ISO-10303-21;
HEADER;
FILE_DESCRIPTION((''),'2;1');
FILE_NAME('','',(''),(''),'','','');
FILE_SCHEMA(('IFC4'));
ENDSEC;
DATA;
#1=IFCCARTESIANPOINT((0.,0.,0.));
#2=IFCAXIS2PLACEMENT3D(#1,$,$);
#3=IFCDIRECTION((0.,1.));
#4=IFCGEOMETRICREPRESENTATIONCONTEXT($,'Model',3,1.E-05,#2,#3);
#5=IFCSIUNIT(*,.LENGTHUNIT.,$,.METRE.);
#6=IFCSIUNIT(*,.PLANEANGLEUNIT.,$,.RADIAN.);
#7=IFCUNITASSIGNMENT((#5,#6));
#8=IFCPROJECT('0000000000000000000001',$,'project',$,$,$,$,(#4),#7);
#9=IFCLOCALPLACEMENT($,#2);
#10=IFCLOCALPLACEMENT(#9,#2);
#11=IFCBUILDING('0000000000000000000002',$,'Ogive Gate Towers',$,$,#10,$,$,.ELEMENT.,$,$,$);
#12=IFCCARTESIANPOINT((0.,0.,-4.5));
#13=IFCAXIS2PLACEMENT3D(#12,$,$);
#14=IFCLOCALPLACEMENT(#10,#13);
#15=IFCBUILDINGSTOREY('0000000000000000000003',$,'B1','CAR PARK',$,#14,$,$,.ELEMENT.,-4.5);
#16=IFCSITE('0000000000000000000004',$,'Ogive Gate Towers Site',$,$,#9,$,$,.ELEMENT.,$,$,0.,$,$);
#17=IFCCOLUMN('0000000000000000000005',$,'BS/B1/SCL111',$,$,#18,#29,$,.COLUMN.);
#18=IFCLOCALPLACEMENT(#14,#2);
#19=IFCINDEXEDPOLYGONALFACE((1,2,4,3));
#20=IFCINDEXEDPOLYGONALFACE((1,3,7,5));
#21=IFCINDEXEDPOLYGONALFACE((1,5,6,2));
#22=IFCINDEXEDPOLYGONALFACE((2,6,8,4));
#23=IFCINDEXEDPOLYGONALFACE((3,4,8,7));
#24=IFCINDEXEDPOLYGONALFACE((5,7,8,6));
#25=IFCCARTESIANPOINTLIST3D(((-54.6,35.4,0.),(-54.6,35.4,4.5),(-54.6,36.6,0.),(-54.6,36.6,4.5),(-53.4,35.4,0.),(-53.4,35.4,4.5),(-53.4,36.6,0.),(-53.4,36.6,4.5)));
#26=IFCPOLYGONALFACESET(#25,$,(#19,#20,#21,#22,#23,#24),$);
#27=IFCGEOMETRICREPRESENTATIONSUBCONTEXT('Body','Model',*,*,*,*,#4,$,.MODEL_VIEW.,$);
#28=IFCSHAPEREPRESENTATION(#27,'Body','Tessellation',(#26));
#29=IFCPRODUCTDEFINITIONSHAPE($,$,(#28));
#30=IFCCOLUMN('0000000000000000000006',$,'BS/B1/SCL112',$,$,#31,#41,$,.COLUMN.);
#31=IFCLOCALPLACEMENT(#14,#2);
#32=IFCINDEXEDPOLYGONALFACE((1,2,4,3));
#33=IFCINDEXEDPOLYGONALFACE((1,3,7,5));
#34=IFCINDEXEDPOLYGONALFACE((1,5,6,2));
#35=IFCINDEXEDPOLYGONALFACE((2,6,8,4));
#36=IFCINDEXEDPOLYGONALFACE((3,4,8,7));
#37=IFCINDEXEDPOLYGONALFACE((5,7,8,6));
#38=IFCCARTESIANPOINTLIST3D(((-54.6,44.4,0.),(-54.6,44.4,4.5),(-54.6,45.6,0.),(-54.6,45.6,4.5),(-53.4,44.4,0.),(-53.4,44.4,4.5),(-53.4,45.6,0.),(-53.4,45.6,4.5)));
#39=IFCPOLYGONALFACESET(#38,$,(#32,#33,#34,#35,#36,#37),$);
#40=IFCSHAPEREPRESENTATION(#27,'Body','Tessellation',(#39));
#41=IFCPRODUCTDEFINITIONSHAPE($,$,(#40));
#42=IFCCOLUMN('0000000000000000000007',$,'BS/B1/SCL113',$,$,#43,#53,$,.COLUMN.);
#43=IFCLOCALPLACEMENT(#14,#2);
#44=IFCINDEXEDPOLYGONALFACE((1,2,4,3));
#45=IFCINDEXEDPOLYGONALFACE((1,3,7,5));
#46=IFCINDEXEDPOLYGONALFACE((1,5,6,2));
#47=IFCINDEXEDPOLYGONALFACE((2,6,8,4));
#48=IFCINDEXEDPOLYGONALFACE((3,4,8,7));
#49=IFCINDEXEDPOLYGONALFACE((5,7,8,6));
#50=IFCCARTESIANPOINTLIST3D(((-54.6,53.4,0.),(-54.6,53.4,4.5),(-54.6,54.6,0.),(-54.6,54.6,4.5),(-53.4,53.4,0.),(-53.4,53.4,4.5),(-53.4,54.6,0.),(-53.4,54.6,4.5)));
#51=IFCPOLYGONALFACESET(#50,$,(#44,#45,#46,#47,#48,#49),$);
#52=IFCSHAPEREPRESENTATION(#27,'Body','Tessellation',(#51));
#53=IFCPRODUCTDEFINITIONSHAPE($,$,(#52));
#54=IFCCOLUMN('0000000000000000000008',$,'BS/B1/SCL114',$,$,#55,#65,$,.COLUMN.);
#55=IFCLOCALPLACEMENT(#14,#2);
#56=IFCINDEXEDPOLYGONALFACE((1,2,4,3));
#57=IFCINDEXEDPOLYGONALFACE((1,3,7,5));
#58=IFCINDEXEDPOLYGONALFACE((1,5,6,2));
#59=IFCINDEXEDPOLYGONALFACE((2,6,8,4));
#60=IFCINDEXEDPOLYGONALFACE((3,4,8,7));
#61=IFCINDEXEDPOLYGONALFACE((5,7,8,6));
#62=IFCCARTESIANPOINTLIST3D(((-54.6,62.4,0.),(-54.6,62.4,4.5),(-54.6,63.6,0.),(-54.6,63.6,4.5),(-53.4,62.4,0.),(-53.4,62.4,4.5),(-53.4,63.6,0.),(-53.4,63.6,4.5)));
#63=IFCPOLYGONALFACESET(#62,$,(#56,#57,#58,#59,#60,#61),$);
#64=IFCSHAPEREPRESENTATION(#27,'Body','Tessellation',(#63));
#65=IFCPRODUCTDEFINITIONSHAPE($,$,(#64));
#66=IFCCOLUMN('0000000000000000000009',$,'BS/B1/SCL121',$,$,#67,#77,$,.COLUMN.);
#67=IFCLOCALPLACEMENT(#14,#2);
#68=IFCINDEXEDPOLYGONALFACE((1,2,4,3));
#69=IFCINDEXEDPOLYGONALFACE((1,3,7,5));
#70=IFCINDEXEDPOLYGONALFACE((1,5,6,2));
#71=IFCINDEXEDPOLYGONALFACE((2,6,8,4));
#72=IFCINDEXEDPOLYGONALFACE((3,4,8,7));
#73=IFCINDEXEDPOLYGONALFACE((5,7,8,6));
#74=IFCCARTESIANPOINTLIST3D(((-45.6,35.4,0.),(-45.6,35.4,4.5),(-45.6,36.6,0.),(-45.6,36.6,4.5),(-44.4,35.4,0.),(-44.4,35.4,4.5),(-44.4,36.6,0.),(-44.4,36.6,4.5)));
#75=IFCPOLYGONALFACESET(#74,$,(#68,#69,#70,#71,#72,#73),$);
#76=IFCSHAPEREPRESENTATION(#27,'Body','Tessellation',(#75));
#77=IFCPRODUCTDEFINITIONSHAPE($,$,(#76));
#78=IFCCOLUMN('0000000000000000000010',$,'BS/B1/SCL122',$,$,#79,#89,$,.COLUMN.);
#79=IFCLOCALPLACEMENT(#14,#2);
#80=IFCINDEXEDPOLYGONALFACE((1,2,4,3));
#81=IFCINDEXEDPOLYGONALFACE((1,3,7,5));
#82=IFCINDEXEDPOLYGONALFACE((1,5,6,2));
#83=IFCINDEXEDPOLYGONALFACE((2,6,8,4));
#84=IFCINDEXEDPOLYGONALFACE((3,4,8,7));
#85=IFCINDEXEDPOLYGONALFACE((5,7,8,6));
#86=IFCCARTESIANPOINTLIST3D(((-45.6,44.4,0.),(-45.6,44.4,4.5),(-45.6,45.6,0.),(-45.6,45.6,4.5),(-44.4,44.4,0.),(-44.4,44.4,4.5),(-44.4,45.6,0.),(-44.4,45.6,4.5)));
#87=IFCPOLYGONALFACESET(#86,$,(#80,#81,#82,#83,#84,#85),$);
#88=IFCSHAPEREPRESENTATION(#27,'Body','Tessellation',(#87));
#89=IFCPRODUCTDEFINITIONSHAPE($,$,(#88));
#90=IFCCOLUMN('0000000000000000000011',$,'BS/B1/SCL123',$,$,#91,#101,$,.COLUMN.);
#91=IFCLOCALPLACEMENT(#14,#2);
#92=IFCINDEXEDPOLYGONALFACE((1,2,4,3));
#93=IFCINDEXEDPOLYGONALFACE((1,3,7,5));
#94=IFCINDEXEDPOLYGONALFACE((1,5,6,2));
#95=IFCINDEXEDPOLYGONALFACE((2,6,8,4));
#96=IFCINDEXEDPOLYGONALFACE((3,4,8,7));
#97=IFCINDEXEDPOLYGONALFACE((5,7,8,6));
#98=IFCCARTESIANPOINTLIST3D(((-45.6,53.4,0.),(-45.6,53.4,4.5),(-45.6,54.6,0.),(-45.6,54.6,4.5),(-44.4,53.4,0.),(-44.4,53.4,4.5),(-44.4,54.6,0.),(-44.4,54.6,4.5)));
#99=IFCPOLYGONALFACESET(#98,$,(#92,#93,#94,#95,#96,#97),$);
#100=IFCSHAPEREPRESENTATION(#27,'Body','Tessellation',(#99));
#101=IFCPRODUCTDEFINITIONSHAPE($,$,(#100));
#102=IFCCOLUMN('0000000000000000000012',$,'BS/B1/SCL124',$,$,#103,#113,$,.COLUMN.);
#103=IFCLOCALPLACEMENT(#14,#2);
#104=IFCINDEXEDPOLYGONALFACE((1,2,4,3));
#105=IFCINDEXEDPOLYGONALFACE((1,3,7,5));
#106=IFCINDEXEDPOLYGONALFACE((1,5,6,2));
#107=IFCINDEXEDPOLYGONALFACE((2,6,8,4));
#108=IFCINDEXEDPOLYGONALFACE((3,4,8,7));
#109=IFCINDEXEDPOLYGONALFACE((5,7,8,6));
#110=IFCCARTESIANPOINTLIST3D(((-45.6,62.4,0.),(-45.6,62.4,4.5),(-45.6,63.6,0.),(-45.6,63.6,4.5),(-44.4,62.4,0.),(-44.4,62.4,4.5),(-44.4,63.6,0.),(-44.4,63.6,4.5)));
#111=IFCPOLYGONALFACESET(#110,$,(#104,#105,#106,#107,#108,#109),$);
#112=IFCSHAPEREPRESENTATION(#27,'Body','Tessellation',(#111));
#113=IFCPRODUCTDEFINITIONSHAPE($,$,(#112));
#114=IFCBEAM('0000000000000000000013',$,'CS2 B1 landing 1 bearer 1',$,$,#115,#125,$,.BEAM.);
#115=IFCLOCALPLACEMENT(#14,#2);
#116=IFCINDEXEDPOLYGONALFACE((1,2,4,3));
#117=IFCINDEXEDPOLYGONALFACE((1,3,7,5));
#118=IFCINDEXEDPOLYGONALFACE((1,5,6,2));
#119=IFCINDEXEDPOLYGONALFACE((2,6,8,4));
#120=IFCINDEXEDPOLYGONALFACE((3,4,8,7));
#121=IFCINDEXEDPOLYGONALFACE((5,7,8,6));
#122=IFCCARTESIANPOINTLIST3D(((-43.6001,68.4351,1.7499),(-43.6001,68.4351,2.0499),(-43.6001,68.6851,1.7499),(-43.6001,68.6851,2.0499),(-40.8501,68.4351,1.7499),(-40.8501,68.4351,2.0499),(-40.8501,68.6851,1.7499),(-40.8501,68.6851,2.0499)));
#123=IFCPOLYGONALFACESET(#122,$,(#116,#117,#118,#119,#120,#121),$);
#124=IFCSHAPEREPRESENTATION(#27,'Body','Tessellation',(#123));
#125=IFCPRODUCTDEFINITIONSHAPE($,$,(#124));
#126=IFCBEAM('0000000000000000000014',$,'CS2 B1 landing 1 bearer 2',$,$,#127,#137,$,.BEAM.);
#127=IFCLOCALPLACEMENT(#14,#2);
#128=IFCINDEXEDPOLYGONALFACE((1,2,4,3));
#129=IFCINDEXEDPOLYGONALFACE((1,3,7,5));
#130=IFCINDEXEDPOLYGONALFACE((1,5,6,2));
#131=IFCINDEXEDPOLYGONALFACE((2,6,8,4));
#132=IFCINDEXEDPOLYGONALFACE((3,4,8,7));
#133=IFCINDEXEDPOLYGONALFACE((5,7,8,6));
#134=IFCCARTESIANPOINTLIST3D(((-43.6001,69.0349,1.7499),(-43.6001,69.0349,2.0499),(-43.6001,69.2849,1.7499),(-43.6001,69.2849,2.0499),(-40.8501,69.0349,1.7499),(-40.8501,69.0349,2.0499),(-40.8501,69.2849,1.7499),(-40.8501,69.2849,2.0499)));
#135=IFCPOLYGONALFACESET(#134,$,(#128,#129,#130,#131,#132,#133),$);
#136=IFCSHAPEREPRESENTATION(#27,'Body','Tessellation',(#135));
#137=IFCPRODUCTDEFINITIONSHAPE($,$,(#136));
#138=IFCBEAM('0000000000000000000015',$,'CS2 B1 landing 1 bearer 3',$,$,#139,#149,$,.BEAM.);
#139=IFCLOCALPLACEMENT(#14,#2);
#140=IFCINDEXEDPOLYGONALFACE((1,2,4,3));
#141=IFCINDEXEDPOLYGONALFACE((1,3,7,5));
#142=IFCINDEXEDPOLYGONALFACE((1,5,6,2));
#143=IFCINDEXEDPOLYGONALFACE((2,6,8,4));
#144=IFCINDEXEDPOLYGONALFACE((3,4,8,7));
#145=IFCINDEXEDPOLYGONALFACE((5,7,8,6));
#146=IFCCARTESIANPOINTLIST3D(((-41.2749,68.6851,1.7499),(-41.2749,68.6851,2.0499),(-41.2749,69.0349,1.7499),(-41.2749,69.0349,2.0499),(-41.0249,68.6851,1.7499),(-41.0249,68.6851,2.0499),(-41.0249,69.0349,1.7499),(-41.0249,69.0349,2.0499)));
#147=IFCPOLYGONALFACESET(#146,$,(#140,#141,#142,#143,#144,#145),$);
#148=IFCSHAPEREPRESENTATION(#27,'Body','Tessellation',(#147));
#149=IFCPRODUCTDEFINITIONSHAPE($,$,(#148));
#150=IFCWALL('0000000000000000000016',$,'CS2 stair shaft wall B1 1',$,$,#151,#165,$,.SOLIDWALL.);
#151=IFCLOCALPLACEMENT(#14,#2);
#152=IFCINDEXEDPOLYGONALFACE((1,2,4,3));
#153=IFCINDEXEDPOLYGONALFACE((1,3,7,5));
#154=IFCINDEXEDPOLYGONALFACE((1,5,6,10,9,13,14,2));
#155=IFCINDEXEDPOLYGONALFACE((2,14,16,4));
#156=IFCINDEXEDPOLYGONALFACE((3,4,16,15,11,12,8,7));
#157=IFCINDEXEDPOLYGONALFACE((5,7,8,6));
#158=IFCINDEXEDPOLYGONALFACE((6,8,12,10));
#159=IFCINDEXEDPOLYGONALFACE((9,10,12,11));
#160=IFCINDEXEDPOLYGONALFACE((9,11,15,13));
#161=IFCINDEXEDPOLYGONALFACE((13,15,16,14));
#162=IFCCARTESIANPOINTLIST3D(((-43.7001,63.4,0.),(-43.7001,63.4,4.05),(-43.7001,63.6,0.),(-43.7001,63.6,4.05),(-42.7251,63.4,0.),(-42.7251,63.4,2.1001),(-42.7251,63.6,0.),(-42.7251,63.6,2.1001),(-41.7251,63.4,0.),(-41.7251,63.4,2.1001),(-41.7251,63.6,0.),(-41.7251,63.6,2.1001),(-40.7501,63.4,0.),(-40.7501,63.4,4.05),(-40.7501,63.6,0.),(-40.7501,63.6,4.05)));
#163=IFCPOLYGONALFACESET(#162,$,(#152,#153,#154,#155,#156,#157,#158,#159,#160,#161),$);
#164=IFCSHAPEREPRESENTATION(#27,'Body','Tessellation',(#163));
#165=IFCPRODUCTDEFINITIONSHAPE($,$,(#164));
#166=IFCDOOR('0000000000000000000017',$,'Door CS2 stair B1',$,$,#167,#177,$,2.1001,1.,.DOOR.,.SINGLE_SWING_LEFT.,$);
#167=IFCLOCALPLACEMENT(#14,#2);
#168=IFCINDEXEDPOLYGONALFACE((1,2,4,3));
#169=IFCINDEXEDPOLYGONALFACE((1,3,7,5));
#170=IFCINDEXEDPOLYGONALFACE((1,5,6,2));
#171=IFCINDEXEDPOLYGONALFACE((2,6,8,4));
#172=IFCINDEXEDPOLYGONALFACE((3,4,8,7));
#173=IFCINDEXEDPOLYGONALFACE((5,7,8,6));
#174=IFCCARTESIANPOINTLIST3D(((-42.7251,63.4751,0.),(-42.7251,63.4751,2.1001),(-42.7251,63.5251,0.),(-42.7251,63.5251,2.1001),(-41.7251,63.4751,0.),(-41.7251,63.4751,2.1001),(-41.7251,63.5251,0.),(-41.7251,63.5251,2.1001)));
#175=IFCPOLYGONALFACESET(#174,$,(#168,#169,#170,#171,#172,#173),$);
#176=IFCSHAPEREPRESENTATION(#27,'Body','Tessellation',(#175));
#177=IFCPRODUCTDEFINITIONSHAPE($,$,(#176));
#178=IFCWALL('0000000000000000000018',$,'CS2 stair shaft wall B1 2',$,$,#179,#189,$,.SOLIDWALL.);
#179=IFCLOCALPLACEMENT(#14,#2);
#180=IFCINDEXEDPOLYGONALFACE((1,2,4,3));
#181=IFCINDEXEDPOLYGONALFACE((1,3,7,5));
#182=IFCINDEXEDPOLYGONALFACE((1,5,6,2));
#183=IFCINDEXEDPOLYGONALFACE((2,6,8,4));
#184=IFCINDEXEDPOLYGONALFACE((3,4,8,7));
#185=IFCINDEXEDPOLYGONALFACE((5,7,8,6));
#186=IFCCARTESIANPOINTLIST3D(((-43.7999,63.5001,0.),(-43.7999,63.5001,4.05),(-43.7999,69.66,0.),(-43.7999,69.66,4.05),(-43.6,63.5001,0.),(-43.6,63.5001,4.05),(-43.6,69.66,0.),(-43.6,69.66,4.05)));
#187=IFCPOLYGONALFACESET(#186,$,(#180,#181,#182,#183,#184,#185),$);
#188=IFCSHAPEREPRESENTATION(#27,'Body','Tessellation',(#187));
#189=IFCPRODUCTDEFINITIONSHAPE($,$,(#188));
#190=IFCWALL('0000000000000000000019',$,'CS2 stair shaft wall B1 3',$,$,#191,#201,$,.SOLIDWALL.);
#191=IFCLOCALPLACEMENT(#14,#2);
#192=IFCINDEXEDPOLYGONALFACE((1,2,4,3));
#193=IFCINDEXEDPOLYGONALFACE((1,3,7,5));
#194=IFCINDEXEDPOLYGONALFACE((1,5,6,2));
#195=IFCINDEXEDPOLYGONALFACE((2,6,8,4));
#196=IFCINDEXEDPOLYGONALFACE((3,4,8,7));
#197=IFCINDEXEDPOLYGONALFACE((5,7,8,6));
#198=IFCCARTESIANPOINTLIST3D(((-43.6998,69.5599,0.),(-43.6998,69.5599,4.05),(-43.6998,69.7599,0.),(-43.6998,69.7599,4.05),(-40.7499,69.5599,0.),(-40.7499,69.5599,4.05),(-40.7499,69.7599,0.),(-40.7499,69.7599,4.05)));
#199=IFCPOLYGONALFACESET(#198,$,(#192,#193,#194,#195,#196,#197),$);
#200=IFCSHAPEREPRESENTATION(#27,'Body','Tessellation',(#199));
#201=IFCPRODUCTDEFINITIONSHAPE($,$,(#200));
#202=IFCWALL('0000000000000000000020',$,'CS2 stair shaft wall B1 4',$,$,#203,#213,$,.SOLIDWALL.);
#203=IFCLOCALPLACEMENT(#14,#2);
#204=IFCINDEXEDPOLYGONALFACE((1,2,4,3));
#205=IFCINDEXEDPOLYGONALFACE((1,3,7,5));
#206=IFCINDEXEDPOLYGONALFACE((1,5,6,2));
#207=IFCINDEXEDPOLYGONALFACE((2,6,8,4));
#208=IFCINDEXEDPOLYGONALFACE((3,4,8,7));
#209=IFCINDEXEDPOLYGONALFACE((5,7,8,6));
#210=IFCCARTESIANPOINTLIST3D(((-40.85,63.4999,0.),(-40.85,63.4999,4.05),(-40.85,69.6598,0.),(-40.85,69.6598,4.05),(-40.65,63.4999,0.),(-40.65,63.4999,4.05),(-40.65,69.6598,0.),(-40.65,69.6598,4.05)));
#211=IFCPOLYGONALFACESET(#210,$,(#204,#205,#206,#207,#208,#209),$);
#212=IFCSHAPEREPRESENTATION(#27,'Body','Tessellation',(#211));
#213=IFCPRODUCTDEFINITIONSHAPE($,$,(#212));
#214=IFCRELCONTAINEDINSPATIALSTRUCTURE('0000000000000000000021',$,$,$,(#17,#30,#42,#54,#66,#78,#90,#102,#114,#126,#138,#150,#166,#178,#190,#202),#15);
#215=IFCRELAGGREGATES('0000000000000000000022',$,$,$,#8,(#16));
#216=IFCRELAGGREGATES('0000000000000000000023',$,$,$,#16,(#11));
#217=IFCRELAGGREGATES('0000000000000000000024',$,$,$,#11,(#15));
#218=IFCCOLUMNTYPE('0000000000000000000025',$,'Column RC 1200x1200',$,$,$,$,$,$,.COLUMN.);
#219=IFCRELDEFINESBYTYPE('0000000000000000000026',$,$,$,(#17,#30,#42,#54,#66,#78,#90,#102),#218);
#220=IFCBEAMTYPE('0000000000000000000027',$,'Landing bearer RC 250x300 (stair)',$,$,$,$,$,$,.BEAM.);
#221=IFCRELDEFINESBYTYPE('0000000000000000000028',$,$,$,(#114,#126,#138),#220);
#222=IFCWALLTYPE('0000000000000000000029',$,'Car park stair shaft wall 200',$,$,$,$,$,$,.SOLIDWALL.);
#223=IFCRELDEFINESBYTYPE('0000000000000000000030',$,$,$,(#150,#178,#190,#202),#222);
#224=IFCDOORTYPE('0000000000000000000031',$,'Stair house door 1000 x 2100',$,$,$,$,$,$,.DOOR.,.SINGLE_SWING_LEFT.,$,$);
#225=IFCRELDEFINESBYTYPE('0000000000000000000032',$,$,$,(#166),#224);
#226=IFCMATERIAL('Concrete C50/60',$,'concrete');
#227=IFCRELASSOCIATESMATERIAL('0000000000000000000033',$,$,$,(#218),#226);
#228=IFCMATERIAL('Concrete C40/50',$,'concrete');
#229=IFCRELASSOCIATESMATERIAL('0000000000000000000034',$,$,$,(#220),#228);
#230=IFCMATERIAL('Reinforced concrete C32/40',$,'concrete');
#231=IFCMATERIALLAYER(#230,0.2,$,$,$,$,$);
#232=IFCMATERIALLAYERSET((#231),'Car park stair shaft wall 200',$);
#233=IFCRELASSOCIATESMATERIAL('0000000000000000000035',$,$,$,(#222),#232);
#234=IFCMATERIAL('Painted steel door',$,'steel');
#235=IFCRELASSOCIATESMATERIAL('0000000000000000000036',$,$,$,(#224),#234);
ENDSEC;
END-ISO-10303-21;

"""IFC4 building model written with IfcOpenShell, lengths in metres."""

from ifc_helpers import new_model, si_unit, direction, frame, frame_2d, origin, origin_2d, place, context, subcontext, project, spatial, rectangle, extrude, material, layer, layer_set, material_profile, profile_set, type_object, element, fill, save


model = new_model("IFC4")

# Units and contexts
model_context = context("Model", 3, precision=1e-05, world=origin(), true_north=direction((0.0, 1.0)))
body_context = subcontext(model_context, "Body", "Model", "MODEL_VIEW")
ifc_project = project(units=[si_unit("LENGTHUNIT", "METRE"), si_unit("PLANEANGLEUNIT", "RADIAN")], contexts=[model_context])

# Site, building, storey
site_placement = place(None, origin())
site = spatial("IfcSite", under=ifc_project, at=site_placement, Name="Ogive Gate Towers Site", CompositionType="ELEMENT", RefElevation=0.0)
building_placement = place(site_placement, origin())
building = spatial("IfcBuilding", under=site, at=building_placement, Name="Ogive Gate Towers", CompositionType="ELEMENT")
storey_placement = place(building_placement, frame((0.0, 0.0, -4.5)))
storey = spatial("IfcBuildingStorey", under=building, at=storey_placement, Name="B1", Description="CAR PARK", CompositionType="ELEMENT", Elevation=-4.5)

# Columns
ifc_material_1 = material(Name="Concrete C50/60", Category="concrete")
ifc_material_profile_1 = material_profile(ifc_material_1, rectangle(XDim=1.2, YDim=1.2, at=origin_2d()), Name="RC 1200x1200")
ifc_profile_set_1 = profile_set([ifc_material_profile_1], Name="Concrete C50/60")
column_type = type_object("IfcColumnType", Name="Column RC 1200x1200", PredefinedType="COLUMN", material=ifc_profile_set_1)
for number, where, z_axis, x_axis, name in (
    (1, (-54.0, 36.0, 0.0), (0.0, 0.0, 1.0), (1.0, 0.0, 0.0), "BS/B1/SCL111"),
    (2, (-54.0, 45.0, 0.0), (0.0, 0.0, 1.0), (1.0, 0.0, 0.0), "BS/B1/SCL112"),
    (3, (-54.0, 54.0, 0.0), (0.0, 0.0, 1.0), (1.0, 0.0, 0.0), "BS/B1/SCL113"),
    (4, (-54.0, 63.0, 0.0), (0.0, 0.0, 1.0), (1.0, 0.0, 0.0), "BS/B1/SCL114"),
    (5, (-45.0, 36.0, 0.0), (0.0, 0.0, 1.0), (1.0, 0.0, 0.0), "BS/B1/SCL121"),
    (6, (-45.0, 45.0, 0.0), (0.0, 0.0, 1.0), (1.0, 0.0, 0.0), "BS/B1/SCL122"),
    (7, (-45.0, 54.0, 0.0), (0.0, 0.0, 1.0), (1.0, 0.0, 0.0), "BS/B1/SCL123"),
    (8, (-45.0, 63.0, 0.0), (0.0, 0.0, 1.0), (1.0, 0.0, 0.0), "BS/B1/SCL124"),
):
    element("IfcColumn", number, at=place(storey_placement, frame(where, z_axis=z_axis, x_axis=x_axis)), inside=storey, type_object=column_type, Name=name, PredefinedType="COLUMN", context=body_context, shape_type="SweptSolid", body=[
        extrude(rectangle(XDim=1.2, YDim=1.2, at=origin_2d()), origin(), (0.0, 0.0, 1.0), 4.5),
    ])

# Beams
ifc_material_2 = material(Name="Concrete C40/50", Category="concrete")
ifc_material_profile_2 = material_profile(ifc_material_2, rectangle(XDim=0.25, YDim=0.3, at=origin_2d()), Name="RC 250x300")
ifc_profile_set_2 = profile_set([ifc_material_profile_2], Name="Concrete C40/50")
beam_type = type_object("IfcBeamType", Name="Landing bearer RC 250x300 (stair)", PredefinedType="BEAM", material=ifc_profile_set_2)
for number, where, z_axis, x_axis, name in (
    (9, (-40.8501, 68.5601, 1.8999), (-1.0, 0.0, 0.0), (0.0, -1.0, 0.0), "CS2 B1 landing 1 bearer 1"),
    (10, (-40.8501, 69.1599, 1.8999), (-1.0, 0.0, 0.0), (0.0, -1.0, 0.0), "CS2 B1 landing 1 bearer 2"),
):
    element("IfcBeam", number, at=place(storey_placement, frame(where, z_axis=z_axis, x_axis=x_axis)), inside=storey, type_object=beam_type, Name=name, PredefinedType="BEAM", context=body_context, shape_type="SweptSolid", body=[
        extrude(rectangle(XDim=0.25, YDim=0.3, at=origin_2d()), origin(), (0.0, 0.0, 1.0), 2.75),
    ])
beam_placement = place(storey_placement, frame((-41.1499, 68.6851, 1.8999), z_axis=(0.0, 1.0, 0.0), x_axis=(-1.0, 0.0, 0.0)))
element("IfcBeam", 11, at=beam_placement, inside=storey, type_object=beam_type, Name="CS2 B1 landing 1 bearer 3", PredefinedType="BEAM", context=body_context, shape_type="SweptSolid", body=[
    extrude(rectangle(XDim=0.25, YDim=0.3, at=origin_2d()), origin(), (0.0, 0.0, 1.0), 0.3499),
])

# Wall, opening, door
ifc_material_3 = material(Name="Reinforced concrete C32/40", Category="concrete")
ifc_layer_1 = layer(ifc_material_3, 0.2)
ifc_layer_set_1 = layer_set([ifc_layer_1], Name="Car park stair shaft wall 200")
wall_type_1 = type_object("IfcWallType", Name="Car park stair shaft wall 200", PredefinedType="SOLIDWALL", material=ifc_layer_set_1)
wall_1_placement = place(storey_placement, frame((-40.75, 63.5, 0.0), z_axis=(0.0, 0.0, 1.0), x_axis=(-1.0, 0.0, 0.0)))
wall_1 = element("IfcWall", 12, at=wall_1_placement, inside=storey, type_object=wall_type_1, Name="CS2 stair shaft wall B1 1", PredefinedType="SOLIDWALL", context=body_context, shape_type="SweptSolid", body=[
    extrude(rectangle(XDim=2.95, YDim=0.2, at=frame_2d((1.4751, 0.0))), origin(), (0.0, 0.0, 1.0), 4.05),
])
opening_placement = place(wall_1_placement, frame((0.9751, 0.0, 0.0)))
opening = element("IfcOpeningElement", 13, at=opening_placement, cuts=wall_1, PredefinedType="OPENING", context=body_context, shape_type="SweptSolid", body=[
    extrude(rectangle(XDim=1.0, YDim=2.1001, at=frame_2d((0.5, 1.05))), frame((0.0, 0.1099, 0.0), z_axis=(0.0, -1.0, 0.0), x_axis=(1.0, 0.0, 0.0)), (0.0, 0.0, 1.0), 0.22),
])
ifc_material_4 = material(Name="Painted steel door", Category="steel")
door_type = type_object("IfcDoorType", Name="Stair house door 1000 x 2100", OperationType="SINGLE_SWING_LEFT", PredefinedType="DOOR", material=ifc_material_4)
door_placement = place(opening_placement, origin())
door = element("IfcDoor", 14, at=door_placement, inside=storey, type_object=door_type, Name="Door CS2 stair B1", OperationType="SINGLE_SWING_LEFT", OverallHeight=2.1001, OverallWidth=1.0, PredefinedType="DOOR", context=body_context, shape_type="SweptSolid", body=[
    extrude(rectangle(XDim=1.0, YDim=2.1001, at=frame_2d((0.5, 1.05))), frame((0.0, 0.0249, 0.0), z_axis=(0.0, -1.0, 0.0), x_axis=(1.0, 0.0, 0.0)), (0.0, 0.0, 1.0), 0.05),
])
fill(opening, door)

# Walls
wall_2_placement = place(storey_placement, frame((-43.7, 63.5, 0.0), z_axis=(0.0, 0.0, 1.0), x_axis=(0.0, 1.0, 0.0)))
element("IfcWall", 15, at=wall_2_placement, inside=storey, type_object=wall_type_1, Name="CS2 stair shaft wall B1 2", PredefinedType="SOLIDWALL", context=body_context, shape_type="SweptSolid", body=[
    extrude(rectangle(XDim=6.1599, YDim=0.2, at=frame_2d((3.0801, 0.0))), origin(), (0.0, 0.0, 1.0), 4.05),
])
wall_3_placement = place(storey_placement, frame((-43.7, 69.6599, 0.0), z_axis=(0.0, 0.0, 1.0), x_axis=(1.0, 0.0, 0.0)))
element("IfcWall", 16, at=wall_3_placement, inside=storey, type_object=wall_type_1, Name="CS2 stair shaft wall B1 3", PredefinedType="SOLIDWALL", context=body_context, shape_type="SweptSolid", body=[
    extrude(rectangle(XDim=2.95, YDim=0.2, at=frame_2d((1.4751, 0.0))), origin(), (0.0, 0.0, 1.0), 4.05),
])
wall_4_placement = place(storey_placement, frame((-40.75, 69.6599, 0.0), z_axis=(0.0, 0.0, 1.0), x_axis=(0.0, -1.0, 0.0)))
element("IfcWall", 17, at=wall_4_placement, inside=storey, type_object=wall_type_1, Name="CS2 stair shaft wall B1 4", PredefinedType="SOLIDWALL", context=body_context, shape_type="SweptSolid", body=[
    extrude(rectangle(XDim=6.1599, YDim=0.2, at=frame_2d((3.0801, 0.0))), origin(), (0.0, 0.0, 1.0), 4.05),
])

save(model, "model.ifc")
